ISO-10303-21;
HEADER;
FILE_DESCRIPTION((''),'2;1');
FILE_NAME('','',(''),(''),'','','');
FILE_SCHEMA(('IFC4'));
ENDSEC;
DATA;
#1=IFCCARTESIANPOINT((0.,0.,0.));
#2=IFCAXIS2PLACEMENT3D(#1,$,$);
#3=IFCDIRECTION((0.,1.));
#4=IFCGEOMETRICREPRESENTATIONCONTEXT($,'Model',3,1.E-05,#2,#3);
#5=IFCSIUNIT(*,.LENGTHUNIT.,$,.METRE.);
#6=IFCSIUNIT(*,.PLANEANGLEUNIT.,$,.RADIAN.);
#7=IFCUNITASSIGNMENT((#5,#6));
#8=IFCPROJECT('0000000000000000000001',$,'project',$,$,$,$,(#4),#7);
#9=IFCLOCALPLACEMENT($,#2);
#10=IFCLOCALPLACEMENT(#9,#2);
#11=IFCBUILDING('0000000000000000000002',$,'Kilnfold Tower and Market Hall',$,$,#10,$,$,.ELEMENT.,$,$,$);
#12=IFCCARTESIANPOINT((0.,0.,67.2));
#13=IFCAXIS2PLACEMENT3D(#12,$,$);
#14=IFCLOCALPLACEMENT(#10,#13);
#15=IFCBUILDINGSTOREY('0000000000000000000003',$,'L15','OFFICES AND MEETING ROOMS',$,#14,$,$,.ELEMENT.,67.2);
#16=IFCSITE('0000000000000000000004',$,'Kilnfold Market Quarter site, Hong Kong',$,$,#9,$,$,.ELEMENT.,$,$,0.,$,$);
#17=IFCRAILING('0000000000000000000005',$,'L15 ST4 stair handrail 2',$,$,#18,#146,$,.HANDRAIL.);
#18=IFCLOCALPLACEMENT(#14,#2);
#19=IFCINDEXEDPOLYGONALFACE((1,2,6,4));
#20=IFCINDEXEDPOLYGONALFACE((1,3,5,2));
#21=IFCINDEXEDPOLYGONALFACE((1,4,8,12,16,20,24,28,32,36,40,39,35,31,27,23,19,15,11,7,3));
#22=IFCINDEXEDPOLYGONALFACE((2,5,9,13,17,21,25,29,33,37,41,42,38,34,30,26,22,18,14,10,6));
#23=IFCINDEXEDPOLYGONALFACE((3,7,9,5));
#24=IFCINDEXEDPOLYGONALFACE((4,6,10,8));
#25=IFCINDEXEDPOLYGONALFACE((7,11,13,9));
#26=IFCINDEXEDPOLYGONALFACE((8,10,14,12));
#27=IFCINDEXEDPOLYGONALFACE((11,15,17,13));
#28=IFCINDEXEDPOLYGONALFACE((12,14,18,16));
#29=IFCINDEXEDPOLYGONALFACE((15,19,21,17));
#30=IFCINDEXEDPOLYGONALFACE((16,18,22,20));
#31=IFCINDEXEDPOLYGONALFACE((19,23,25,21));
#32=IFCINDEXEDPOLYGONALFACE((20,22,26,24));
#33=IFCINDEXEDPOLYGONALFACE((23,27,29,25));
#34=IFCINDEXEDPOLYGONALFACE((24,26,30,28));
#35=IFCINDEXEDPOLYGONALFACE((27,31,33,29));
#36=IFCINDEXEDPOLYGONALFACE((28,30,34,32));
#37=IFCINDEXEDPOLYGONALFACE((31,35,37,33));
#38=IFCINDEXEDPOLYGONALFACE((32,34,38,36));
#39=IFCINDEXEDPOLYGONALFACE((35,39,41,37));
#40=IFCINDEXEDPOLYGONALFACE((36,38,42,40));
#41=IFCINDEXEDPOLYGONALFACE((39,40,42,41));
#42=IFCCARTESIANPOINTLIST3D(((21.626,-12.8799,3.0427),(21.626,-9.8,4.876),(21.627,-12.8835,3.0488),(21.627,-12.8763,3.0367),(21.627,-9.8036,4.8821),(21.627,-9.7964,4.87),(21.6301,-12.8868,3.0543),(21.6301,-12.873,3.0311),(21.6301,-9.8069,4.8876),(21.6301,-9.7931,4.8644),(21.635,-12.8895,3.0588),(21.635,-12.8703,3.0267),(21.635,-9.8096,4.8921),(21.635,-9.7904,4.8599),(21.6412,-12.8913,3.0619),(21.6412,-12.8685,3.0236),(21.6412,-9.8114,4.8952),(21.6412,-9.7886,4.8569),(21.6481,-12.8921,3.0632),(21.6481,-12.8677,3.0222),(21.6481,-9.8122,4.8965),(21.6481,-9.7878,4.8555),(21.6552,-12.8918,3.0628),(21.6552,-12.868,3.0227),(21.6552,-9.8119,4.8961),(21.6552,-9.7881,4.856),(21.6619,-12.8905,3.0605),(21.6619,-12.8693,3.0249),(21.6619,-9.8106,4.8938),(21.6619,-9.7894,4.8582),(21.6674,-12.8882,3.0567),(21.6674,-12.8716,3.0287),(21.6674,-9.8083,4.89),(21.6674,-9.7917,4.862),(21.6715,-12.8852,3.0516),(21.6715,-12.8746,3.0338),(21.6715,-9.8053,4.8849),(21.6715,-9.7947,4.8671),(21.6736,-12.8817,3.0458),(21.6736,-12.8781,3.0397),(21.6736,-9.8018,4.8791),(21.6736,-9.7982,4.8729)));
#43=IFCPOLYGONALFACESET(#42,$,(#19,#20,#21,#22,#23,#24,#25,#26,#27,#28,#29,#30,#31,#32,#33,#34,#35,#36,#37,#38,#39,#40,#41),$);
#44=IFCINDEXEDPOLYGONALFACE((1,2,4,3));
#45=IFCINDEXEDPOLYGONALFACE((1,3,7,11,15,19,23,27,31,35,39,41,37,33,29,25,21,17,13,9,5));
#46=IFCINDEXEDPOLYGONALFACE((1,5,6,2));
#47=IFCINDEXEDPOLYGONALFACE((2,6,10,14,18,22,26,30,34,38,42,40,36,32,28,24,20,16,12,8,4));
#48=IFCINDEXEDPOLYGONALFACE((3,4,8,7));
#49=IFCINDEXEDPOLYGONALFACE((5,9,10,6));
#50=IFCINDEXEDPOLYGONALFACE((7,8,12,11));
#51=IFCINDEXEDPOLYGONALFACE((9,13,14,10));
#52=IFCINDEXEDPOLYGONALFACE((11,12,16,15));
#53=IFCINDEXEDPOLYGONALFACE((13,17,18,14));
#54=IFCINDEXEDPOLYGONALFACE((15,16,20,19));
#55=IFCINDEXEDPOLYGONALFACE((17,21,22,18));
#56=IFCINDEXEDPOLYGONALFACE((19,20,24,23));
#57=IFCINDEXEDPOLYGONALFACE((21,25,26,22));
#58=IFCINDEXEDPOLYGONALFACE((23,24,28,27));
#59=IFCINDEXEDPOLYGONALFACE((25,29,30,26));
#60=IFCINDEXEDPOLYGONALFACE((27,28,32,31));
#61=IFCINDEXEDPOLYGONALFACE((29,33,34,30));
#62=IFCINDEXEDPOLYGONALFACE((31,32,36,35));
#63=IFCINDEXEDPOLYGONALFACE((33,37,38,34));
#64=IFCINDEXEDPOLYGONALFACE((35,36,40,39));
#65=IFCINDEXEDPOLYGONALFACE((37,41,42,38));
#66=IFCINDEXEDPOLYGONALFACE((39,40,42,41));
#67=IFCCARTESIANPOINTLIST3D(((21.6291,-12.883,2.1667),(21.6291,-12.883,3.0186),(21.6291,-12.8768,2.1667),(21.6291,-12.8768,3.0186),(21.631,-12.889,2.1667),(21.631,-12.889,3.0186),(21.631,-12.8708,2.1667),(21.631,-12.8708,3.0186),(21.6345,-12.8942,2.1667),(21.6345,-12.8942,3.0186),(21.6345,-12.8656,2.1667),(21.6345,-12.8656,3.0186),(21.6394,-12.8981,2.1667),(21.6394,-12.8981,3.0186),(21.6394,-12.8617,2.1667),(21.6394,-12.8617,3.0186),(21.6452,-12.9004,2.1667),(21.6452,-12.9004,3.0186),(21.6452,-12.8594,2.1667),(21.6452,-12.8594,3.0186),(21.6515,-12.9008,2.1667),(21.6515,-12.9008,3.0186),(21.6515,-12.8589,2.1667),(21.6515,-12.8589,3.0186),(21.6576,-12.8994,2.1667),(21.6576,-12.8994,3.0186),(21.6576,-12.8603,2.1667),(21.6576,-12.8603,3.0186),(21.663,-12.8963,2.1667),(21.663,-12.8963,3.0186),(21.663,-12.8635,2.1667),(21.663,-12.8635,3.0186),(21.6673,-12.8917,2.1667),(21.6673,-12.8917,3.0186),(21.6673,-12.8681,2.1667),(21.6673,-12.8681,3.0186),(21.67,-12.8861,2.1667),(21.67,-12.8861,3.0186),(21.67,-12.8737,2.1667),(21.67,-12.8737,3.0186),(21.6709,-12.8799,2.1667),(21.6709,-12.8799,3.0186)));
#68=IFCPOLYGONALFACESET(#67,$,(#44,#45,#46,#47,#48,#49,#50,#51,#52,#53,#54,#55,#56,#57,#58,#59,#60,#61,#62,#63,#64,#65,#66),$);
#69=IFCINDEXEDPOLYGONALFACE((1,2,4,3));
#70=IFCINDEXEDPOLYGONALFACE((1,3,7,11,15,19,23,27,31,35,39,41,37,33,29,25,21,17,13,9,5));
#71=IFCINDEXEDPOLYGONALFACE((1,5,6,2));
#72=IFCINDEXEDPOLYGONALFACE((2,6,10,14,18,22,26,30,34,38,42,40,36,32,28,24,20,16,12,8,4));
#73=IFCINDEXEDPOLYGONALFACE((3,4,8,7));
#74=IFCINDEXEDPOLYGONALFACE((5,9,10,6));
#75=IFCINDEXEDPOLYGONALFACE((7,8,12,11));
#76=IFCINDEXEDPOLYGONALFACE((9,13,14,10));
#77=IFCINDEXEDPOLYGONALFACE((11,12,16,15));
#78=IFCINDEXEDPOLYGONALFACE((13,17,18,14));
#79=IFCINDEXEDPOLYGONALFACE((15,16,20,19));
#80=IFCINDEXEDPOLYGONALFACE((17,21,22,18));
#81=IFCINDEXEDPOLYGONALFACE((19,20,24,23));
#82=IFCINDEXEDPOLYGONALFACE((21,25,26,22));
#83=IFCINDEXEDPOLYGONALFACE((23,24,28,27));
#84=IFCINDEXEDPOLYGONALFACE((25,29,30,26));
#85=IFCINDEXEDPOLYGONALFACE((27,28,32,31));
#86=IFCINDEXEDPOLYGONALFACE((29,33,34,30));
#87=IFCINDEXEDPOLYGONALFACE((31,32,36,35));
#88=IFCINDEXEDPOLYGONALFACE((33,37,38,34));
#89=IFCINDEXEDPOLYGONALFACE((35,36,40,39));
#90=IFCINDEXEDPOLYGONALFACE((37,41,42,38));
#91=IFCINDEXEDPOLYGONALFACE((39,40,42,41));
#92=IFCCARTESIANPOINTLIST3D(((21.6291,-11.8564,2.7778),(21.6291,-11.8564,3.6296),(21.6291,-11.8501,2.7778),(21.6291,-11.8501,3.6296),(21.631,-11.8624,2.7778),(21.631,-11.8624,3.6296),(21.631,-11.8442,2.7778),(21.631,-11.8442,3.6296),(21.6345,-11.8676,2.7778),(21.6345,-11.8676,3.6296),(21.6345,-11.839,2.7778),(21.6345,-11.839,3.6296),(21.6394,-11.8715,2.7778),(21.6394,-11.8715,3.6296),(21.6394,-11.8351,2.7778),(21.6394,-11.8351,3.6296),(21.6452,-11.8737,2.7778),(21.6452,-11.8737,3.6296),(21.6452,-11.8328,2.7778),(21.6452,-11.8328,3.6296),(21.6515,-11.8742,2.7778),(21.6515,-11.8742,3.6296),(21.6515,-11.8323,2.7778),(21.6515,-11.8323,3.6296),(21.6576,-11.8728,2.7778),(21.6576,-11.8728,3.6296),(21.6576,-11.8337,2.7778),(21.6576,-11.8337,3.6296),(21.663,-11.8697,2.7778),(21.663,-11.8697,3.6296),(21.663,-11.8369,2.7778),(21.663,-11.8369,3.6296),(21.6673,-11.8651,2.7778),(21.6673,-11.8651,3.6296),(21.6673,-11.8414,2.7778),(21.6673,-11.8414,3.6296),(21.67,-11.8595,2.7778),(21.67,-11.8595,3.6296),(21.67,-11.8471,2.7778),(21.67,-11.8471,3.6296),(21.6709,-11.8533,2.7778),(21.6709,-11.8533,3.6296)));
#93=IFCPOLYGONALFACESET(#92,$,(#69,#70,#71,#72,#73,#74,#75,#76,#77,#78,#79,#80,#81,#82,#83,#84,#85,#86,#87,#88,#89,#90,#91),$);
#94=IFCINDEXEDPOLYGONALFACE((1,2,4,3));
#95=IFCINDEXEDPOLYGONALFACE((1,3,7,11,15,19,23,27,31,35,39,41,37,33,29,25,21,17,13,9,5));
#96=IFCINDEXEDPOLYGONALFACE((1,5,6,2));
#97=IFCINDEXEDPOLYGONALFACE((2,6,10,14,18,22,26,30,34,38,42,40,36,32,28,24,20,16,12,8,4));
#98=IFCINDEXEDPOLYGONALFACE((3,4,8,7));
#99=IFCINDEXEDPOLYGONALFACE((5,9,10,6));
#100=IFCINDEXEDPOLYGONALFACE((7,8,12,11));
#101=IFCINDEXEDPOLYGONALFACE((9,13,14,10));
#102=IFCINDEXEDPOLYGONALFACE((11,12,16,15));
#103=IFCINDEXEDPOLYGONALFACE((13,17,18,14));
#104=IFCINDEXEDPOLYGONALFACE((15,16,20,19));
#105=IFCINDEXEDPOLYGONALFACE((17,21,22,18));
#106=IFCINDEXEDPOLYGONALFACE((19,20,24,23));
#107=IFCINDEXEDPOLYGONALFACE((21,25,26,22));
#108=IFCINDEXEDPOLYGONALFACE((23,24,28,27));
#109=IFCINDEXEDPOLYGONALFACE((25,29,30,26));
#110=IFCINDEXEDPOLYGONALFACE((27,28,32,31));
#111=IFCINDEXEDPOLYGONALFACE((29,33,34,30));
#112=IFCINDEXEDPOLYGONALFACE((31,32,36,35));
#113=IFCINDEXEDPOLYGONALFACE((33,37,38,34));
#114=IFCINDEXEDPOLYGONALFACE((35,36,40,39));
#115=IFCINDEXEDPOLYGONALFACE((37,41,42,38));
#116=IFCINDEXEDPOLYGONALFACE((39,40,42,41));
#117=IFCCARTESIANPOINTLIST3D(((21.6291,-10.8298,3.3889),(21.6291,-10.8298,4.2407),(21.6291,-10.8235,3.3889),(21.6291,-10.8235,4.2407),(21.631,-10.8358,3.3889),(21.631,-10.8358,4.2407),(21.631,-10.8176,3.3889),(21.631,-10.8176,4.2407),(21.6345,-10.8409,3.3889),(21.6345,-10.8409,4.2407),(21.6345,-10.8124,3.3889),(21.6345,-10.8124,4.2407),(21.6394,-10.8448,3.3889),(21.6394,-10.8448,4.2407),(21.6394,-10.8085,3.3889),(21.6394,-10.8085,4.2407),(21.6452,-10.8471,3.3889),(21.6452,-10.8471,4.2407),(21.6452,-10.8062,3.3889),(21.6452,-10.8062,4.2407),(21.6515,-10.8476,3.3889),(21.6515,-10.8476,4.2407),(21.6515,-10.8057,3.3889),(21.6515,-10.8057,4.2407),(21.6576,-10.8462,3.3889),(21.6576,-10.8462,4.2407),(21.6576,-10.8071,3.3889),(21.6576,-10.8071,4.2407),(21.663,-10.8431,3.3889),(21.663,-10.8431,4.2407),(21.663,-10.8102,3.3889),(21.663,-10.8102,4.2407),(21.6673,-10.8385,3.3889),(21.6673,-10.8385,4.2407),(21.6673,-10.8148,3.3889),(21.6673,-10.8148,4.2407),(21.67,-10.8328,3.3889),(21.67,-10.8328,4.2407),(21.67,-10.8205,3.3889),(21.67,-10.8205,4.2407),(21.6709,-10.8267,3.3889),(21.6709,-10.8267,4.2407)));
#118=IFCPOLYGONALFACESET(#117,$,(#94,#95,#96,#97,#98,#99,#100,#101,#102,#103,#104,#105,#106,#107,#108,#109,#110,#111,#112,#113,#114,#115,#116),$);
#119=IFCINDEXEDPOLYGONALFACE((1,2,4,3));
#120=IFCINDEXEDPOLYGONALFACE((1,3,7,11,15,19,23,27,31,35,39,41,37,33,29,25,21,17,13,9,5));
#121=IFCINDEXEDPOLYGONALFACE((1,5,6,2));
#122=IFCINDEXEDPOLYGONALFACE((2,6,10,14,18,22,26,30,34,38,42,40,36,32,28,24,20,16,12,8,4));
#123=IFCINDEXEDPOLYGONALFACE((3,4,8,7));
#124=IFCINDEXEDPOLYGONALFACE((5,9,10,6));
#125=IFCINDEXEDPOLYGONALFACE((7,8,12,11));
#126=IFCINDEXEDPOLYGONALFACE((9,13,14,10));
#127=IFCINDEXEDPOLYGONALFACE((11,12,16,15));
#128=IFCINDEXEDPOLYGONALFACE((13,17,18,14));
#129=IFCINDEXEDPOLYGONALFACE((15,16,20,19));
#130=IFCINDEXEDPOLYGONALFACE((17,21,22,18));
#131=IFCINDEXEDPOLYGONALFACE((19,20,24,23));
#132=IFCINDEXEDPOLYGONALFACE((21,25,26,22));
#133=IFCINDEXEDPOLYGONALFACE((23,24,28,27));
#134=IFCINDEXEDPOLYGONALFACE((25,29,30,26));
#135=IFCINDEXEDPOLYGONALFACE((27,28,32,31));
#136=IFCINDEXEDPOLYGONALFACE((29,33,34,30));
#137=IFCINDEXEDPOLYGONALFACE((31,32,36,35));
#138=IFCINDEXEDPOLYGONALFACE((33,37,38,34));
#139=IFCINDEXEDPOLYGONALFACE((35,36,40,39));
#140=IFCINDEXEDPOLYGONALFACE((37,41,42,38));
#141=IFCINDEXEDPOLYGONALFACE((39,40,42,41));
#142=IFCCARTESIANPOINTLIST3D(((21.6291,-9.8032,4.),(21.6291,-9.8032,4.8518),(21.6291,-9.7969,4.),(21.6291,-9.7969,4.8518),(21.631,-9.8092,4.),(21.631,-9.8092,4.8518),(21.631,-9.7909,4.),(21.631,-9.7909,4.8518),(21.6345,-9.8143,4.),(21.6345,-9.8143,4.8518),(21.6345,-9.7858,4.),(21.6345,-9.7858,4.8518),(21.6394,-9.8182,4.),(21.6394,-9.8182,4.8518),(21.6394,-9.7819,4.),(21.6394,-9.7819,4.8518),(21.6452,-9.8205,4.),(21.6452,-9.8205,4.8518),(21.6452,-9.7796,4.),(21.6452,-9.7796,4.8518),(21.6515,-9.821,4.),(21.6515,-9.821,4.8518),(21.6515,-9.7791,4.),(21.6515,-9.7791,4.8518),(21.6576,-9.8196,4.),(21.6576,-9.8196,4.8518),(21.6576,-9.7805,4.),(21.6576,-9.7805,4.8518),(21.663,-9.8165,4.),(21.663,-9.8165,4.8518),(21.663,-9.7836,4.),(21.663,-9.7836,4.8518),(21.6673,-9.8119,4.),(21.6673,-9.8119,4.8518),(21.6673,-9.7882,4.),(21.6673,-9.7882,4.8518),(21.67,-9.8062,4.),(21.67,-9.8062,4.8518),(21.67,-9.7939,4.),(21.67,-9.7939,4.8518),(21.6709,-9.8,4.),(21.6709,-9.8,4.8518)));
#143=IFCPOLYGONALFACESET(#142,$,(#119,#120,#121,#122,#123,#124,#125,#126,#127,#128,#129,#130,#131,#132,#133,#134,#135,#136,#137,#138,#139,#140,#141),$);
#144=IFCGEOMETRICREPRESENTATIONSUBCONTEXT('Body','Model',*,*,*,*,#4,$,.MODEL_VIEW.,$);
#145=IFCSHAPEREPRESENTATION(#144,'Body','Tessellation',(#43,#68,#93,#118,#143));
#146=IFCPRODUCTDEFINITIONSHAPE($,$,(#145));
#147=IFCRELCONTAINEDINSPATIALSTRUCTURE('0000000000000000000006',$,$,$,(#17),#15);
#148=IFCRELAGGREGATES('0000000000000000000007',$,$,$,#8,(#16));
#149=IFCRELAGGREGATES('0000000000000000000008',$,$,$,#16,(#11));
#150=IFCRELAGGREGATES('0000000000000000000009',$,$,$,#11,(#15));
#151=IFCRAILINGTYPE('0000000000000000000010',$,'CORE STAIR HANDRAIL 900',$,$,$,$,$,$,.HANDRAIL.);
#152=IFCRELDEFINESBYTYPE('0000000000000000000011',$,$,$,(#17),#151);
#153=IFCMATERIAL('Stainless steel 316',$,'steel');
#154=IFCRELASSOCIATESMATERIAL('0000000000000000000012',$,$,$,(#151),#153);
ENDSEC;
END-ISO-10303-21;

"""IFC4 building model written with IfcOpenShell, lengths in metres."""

from ifc_helpers import new_model, si_unit, direction, frame, origin, origin_2d, place, context, subcontext, project, spatial, circle, extrude, material, type_object, element, save


model = new_model("IFC4")

# Units and contexts
model_context = context("Model", 3, precision=1e-05, world=origin(), true_north=direction((0.0, 1.0)))
body_context = subcontext(model_context, "Body", "Model", "MODEL_VIEW")
ifc_project = project(units=[si_unit("LENGTHUNIT", "METRE"), si_unit("PLANEANGLEUNIT", "RADIAN")], contexts=[model_context])

# Site, building, storey
site_placement = place(None, origin())
site = spatial("IfcSite", under=ifc_project, at=site_placement, Name="Kilnfold Market Quarter site, Hong Kong", CompositionType="ELEMENT", RefElevation=0.0)
building_placement = place(site_placement, origin())
building = spatial("IfcBuilding", under=site, at=building_placement, Name="Kilnfold Tower and Market Hall", CompositionType="ELEMENT")
storey_placement = place(building_placement, frame((0.0, 0.0, 67.2)))
storey = spatial("IfcBuildingStorey", under=building, at=storey_placement, Name="L15", Description="OFFICES AND MEETING ROOMS", CompositionType="ELEMENT", Elevation=67.2)

# Railing
ifc_material_1 = material(Name="Stainless steel 316", Category="steel")
railing_type_1 = type_object("IfcRailingType", Name="CORE STAIR HANDRAIL 900", PredefinedType="HANDRAIL", material=ifc_material_1)
railing_1_placement = place(storey_placement, frame((21.6499, -12.8799, 2.1667)))
element("IfcRailing", 1, at=railing_1_placement, inside=storey, type_object=railing_type_1, Name="L15 ST4 stair handrail 2", PredefinedType="HANDRAIL", context=body_context, shape_type="SweptSolid", body=[
    extrude(circle(Radius=0.0239, at=origin_2d()), frame((0.0, 0.0, 0.876), z_axis=(0.0, 0.859291, 0.511487), x_axis=(-1.0, 0.0, 0.0)), (0.0, 0.0, 1.0), 3.5842),
    extrude(circle(Radius=0.021, at=origin_2d()), origin(), (0.0, 0.0, 1.0), 0.8518),
    extrude(circle(Radius=0.021, at=origin_2d()), frame((0.0, 1.0266, 0.6111)), (0.0, 0.0, 1.0), 0.8518),
    extrude(circle(Radius=0.021, at=origin_2d()), frame((0.0, 2.0532, 1.2222)), (0.0, 0.0, 1.0), 0.8518),
    extrude(circle(Radius=0.021, at=origin_2d()), frame((0.0, 3.0798, 1.8333)), (0.0, 0.0, 1.0), 0.8518),
])

save(model, "model.ifc")
